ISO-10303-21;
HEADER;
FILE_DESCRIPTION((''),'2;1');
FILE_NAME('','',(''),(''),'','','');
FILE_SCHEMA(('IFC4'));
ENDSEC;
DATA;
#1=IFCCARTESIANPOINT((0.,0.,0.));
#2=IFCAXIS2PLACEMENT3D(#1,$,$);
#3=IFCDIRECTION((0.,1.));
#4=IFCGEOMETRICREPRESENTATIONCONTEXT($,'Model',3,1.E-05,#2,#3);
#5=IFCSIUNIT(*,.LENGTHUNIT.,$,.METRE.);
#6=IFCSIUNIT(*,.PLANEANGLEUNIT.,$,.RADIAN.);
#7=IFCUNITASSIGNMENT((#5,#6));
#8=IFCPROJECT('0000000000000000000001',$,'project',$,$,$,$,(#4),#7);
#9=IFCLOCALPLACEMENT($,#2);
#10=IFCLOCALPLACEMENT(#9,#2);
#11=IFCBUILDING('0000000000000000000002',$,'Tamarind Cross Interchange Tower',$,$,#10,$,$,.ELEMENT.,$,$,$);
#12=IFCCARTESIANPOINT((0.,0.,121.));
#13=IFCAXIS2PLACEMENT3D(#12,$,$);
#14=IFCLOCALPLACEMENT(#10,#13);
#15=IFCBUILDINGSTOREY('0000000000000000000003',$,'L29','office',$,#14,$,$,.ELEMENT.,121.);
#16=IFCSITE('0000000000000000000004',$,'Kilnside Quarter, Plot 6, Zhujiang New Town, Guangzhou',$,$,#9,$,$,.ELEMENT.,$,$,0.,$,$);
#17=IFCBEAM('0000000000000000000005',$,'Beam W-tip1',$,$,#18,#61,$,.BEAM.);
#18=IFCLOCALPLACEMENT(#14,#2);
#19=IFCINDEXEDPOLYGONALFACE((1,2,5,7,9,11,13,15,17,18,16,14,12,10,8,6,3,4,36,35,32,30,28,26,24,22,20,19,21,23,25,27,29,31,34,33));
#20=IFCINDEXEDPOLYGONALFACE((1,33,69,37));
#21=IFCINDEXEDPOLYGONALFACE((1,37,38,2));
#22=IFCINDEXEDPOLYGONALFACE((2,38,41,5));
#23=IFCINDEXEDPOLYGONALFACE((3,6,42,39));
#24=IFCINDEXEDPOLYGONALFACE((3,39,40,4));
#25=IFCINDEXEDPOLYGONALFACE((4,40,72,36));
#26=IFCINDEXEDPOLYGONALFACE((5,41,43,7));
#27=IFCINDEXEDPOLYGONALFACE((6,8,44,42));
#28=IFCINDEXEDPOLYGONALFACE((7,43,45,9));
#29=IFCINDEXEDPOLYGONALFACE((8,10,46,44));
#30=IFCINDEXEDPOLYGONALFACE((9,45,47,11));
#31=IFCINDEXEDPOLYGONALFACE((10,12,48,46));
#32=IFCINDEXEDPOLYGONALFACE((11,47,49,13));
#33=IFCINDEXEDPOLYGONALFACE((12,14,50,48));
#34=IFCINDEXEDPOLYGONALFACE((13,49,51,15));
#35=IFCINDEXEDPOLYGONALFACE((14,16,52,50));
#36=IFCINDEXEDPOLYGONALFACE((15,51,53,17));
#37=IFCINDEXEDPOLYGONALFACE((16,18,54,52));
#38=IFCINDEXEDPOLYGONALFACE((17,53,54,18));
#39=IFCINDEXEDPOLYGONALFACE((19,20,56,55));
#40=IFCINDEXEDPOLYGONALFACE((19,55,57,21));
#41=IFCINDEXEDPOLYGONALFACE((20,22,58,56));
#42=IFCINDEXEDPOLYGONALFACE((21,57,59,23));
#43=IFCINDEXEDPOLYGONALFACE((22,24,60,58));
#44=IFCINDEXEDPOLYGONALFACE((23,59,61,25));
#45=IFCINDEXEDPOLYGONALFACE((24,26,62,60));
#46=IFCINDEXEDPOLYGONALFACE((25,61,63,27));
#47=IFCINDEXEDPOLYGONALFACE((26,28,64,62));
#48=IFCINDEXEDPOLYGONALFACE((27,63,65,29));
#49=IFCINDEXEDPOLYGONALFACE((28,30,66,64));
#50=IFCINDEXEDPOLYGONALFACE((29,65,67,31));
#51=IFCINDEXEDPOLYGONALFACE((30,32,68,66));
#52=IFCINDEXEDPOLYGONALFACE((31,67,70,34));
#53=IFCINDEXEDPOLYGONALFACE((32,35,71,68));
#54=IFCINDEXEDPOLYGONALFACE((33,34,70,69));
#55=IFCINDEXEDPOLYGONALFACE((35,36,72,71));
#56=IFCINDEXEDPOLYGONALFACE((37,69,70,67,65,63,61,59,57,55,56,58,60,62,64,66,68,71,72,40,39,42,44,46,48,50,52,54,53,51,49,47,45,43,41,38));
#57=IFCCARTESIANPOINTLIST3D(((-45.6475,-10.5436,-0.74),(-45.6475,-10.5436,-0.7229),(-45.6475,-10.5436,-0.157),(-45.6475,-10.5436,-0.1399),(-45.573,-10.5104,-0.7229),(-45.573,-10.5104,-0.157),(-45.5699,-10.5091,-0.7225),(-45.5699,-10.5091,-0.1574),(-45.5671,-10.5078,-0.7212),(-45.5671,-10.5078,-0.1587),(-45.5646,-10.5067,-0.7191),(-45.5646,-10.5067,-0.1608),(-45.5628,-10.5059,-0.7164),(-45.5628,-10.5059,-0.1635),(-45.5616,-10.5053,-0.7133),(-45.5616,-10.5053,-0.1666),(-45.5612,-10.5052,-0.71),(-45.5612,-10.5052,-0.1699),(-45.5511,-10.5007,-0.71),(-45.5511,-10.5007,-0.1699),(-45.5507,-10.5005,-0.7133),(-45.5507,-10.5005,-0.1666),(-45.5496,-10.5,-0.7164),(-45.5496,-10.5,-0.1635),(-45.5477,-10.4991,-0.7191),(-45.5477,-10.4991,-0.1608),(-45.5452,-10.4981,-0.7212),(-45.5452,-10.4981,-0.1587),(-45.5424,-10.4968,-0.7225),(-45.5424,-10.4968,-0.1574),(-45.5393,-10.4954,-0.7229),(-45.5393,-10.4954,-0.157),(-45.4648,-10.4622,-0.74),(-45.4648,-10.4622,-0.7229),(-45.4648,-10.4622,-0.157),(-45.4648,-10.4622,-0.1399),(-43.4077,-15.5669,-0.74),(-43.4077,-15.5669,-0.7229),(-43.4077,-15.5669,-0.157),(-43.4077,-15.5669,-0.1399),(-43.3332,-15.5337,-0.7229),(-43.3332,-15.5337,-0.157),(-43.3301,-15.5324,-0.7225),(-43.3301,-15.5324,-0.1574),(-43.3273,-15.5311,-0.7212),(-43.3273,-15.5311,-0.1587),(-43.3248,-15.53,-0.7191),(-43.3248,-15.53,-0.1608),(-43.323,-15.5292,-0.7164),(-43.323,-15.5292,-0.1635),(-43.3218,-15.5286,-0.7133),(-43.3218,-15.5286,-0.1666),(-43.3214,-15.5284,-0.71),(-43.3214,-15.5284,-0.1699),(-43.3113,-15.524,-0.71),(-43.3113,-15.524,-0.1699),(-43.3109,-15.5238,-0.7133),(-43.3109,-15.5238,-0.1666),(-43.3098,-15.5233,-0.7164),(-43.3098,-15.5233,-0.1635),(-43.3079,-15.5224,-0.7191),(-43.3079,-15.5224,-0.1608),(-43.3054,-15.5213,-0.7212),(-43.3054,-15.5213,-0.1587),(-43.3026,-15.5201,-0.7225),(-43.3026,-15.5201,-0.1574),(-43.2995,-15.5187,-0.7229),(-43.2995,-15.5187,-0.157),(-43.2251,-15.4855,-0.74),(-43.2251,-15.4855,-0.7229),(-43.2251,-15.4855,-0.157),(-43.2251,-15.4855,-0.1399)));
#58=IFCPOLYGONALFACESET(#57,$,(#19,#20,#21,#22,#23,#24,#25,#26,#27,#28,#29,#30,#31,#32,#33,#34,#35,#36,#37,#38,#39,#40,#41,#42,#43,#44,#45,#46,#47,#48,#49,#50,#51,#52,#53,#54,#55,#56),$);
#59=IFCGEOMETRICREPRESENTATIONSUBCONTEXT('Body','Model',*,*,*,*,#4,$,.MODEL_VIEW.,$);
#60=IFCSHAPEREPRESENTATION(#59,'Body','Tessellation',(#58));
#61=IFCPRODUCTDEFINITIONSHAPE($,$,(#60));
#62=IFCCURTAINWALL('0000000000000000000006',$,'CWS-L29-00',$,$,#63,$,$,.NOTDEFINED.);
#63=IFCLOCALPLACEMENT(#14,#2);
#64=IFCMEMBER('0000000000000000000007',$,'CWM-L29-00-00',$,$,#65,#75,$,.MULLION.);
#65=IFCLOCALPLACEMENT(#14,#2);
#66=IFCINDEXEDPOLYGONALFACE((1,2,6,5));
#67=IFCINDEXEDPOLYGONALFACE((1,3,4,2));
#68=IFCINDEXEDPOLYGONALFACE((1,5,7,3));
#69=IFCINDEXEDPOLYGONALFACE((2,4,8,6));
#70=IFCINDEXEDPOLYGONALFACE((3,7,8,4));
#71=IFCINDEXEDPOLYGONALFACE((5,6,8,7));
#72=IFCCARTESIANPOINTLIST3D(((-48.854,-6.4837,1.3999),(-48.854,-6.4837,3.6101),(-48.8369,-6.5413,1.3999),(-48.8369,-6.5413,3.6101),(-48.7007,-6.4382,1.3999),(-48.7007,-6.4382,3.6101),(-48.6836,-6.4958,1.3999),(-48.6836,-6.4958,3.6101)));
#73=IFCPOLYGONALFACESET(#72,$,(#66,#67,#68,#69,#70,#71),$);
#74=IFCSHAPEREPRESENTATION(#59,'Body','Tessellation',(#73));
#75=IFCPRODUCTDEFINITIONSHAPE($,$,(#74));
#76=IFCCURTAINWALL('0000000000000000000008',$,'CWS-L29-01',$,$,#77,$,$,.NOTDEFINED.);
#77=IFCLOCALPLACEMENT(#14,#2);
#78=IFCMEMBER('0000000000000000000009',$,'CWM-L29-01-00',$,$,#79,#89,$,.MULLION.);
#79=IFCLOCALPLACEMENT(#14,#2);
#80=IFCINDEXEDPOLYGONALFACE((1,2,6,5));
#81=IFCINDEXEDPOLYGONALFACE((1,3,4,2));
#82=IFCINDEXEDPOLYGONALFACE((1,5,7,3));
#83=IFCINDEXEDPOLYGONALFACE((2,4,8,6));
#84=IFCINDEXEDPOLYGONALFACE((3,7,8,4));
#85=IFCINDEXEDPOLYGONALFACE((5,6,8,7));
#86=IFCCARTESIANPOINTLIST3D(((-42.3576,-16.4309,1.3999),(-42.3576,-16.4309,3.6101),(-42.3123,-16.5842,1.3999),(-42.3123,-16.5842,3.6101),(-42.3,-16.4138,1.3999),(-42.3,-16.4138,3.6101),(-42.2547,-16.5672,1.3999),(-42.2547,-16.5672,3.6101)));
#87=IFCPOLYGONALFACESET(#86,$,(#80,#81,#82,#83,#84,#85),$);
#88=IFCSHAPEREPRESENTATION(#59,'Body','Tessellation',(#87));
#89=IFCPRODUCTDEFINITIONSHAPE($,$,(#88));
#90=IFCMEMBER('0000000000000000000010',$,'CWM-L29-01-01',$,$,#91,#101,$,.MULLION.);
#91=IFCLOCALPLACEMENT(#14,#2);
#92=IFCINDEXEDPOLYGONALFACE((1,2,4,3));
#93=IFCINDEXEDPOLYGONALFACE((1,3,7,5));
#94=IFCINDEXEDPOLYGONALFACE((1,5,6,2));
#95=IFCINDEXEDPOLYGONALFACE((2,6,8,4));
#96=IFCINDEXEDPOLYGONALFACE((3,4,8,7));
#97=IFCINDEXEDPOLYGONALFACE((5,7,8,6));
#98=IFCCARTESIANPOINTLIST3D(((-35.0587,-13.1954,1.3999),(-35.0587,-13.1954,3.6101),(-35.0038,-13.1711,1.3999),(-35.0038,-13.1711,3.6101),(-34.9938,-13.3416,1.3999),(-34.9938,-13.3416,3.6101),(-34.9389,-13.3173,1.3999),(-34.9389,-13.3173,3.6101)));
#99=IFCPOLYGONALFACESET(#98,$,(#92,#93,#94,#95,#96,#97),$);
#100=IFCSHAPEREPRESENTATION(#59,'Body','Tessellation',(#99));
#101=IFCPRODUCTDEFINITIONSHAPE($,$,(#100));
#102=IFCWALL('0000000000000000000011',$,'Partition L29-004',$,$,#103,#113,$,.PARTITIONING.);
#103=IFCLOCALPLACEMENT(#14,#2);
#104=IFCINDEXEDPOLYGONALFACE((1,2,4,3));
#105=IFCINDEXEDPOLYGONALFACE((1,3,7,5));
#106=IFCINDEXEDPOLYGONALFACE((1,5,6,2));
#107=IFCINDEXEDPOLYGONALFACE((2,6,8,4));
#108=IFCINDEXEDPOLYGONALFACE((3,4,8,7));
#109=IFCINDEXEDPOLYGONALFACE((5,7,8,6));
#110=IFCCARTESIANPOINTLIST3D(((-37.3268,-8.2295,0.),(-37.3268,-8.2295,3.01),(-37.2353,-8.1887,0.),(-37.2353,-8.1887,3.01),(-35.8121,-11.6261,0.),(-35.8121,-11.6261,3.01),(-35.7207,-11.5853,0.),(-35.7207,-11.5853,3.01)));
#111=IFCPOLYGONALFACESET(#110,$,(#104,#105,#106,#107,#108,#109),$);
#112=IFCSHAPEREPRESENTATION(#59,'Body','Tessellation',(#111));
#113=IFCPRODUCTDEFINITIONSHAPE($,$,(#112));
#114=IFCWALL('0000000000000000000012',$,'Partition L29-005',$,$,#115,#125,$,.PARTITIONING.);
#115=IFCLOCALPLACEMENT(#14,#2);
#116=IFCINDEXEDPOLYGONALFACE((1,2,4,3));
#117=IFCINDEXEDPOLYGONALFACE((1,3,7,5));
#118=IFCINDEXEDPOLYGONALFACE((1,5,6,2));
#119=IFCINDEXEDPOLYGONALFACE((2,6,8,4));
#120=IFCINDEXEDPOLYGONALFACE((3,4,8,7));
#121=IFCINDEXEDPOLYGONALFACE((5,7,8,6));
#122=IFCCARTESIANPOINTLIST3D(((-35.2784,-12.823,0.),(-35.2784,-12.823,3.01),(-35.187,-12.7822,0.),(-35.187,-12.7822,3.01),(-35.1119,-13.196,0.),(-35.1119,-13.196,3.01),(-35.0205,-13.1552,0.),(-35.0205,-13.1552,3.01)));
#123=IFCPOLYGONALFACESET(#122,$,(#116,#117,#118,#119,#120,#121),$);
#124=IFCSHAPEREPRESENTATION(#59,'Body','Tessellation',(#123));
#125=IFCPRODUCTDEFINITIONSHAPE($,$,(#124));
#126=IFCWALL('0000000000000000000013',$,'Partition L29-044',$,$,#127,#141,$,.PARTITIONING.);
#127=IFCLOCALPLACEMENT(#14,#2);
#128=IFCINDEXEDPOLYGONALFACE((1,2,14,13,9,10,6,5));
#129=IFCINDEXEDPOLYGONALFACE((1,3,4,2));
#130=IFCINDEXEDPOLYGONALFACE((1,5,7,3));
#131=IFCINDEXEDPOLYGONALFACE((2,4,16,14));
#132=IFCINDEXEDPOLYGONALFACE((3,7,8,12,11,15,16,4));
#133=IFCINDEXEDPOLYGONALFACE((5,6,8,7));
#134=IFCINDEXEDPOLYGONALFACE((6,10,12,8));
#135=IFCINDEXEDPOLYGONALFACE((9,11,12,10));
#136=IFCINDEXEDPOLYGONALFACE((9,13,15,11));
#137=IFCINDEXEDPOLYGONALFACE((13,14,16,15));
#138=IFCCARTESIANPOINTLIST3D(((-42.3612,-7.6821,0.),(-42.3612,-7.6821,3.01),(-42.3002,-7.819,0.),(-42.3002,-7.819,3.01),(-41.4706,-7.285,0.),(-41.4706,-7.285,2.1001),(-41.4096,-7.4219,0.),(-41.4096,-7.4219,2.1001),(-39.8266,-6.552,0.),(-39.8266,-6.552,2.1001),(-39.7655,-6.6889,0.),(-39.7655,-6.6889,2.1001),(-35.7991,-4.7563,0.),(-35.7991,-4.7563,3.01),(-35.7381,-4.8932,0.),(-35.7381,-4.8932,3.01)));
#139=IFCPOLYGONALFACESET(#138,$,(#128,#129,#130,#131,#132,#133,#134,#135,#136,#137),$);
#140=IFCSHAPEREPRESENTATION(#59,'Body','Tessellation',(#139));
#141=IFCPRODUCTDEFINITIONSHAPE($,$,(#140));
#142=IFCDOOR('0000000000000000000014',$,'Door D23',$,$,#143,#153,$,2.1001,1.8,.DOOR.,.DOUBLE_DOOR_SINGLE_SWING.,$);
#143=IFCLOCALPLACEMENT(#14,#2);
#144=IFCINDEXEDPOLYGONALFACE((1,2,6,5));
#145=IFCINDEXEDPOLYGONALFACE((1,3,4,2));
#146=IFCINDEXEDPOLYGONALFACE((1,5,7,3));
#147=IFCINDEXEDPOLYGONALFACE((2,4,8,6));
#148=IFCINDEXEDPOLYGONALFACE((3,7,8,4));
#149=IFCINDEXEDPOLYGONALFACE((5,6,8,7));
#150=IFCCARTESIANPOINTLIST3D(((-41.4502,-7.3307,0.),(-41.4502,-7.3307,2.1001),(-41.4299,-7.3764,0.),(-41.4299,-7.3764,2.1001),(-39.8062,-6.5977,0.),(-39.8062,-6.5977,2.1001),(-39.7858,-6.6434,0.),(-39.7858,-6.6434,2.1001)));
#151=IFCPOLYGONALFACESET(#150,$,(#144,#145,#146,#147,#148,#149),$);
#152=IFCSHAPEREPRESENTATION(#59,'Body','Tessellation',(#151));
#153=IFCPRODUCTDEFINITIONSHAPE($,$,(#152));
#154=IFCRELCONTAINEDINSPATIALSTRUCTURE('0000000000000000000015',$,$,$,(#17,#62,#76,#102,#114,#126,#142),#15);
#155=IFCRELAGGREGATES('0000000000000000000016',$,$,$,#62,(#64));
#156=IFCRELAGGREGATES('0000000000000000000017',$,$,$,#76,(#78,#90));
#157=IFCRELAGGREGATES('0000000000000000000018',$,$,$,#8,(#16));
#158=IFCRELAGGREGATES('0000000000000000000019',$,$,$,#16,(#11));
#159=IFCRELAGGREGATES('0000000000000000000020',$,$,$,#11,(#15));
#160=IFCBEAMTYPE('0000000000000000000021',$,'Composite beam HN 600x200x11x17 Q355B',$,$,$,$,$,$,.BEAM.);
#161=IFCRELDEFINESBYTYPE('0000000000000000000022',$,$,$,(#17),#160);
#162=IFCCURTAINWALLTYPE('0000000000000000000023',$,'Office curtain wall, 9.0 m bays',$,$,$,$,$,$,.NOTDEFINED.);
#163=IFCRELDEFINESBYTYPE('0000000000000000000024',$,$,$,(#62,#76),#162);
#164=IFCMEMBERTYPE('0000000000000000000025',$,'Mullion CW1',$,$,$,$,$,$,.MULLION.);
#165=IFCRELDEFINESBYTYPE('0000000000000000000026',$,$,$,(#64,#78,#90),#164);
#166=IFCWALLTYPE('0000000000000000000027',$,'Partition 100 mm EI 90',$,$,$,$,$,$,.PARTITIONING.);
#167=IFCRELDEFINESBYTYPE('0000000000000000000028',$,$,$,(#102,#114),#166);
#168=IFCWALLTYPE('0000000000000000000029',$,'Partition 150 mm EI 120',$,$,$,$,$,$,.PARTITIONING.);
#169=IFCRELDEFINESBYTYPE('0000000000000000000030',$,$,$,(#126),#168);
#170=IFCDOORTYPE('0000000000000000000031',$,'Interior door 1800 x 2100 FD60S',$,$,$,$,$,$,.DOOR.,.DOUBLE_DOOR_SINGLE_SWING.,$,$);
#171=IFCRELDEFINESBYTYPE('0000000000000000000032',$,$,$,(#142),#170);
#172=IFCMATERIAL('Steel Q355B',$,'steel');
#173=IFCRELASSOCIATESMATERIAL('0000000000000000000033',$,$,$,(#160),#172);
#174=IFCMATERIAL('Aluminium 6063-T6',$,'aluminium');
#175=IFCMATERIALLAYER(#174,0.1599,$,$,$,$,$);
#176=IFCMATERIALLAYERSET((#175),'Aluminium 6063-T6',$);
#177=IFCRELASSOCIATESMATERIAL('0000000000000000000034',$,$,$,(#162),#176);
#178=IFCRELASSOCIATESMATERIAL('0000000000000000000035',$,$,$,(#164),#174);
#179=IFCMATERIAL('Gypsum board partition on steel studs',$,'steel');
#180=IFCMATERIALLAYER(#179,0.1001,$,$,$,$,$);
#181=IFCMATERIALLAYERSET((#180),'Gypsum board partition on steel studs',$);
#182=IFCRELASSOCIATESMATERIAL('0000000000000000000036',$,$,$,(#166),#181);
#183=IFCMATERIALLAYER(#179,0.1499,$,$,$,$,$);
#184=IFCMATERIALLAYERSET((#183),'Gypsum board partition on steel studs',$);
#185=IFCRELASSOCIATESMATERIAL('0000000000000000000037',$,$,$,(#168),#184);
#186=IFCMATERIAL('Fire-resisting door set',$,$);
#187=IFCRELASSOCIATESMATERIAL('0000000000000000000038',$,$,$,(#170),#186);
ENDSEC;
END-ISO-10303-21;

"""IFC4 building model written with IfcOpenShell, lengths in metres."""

from ifc_helpers import new_model, si_unit, direction, frame, frame_2d, origin, origin_2d, place, context, subcontext, project, spatial, rectangle, i_section, extrude, material, layer, layer_set, material_profile, profile_set, type_object, element, fill, aggregate, save


model = new_model("IFC4")

# Units and contexts
model_context = context("Model", 3, precision=1e-05, world=origin(), true_north=direction((0.0, 1.0)))
body_context = subcontext(model_context, "Body", "Model", "MODEL_VIEW")
ifc_project = project(units=[si_unit("LENGTHUNIT", "METRE"), si_unit("PLANEANGLEUNIT", "RADIAN")], contexts=[model_context])

# Site, building, storey
site_placement = place(None, origin())
site = spatial("IfcSite", under=ifc_project, at=site_placement, Name="Kilnside Quarter, Plot 6, Zhujiang New Town, Guangzhou", CompositionType="ELEMENT", RefElevation=0.0)
building_placement = place(site_placement, origin())
building = spatial("IfcBuilding", under=site, at=building_placement, Name="Tamarind Cross Interchange Tower", CompositionType="ELEMENT")
storey_placement = place(building_placement, frame((0.0, 0.0, 121.0)))
storey = spatial("IfcBuildingStorey", under=building, at=storey_placement, Name="L29", Description="office", CompositionType="ELEMENT", Elevation=121.0)

# Beam
ifc_material_1 = material(Name="Steel Q355B", Category="steel")
ifc_material_profile_1 = material_profile(ifc_material_1, i_section(OverallWidth=0.2, OverallDepth=0.6001, WebThickness=0.011, FlangeThickness=0.0171, FilletRadius=0.0129, at=origin_2d()), Name="HN 600x200x11x17")
ifc_profile_set_1 = profile_set([ifc_material_profile_1], Name="Steel Q355B")
beam_type_1 = type_object("IfcBeamType", Name="Composite beam HN 600x200x11x17 Q355B", PredefinedType="BEAM", material=ifc_profile_set_1)
beam_1_placement = place(storey_placement, frame((-45.5562, -10.5029, -0.4399), z_axis=(0.407234, -0.913324, 0.0), x_axis=(0.913324, 0.407234, 0.0)))
element("IfcBeam", 1, at=beam_1_placement, inside=storey, type_object=beam_type_1, Name="Beam W-tip1", PredefinedType="BEAM", context=body_context, shape_type="SweptSolid", body=[
    extrude(i_section(OverallWidth=0.2, OverallDepth=0.6001, WebThickness=0.011, FlangeThickness=0.0171, FilletRadius=0.0129, at=origin_2d()), origin(), (0.0, 0.0, 1.0), 5.5),
])

# Curtain wall, member
ifc_material_2 = material(Name="Aluminium 6063-T6", Category="aluminium")
ifc_layer_1 = layer(ifc_material_2, 0.1599)
ifc_layer_set_1 = layer_set([ifc_layer_1], Name="Aluminium 6063-T6")
curtain_wall_type = type_object("IfcCurtainWallType", Name="Office curtain wall, 9.0 m bays", PredefinedType="NOTDEFINED", material=ifc_layer_set_1)
curtain_wall_1_placement = place(storey_placement, origin())
curtain_wall_1 = element("IfcCurtainWall", 2, at=curtain_wall_1_placement, inside=storey, type_object=curtain_wall_type, Name="CWS-L29-00", PredefinedType="NOTDEFINED")
ifc_material_profile_2 = material_profile(ifc_material_2, rectangle(XDim=0.0601, YDim=0.1599, at=origin_2d()), Name="Mullion CW1")
ifc_profile_set_2 = profile_set([ifc_material_profile_2], Name="Aluminium 6063-T6")
member_type = type_object("IfcMemberType", Name="Mullion CW1", PredefinedType="MULLION", material=ifc_profile_set_2)
member_1_placement = place(storey_placement, frame((-48.7688, -6.4897, 1.3999), z_axis=(0.0, 0.0, 1.0), x_axis=(0.284524, -0.958669, 0.0)))
member_1 = element("IfcMember", 3, at=member_1_placement, type_object=member_type, Name="CWM-L29-00-00", PredefinedType="MULLION", context=body_context, shape_type="SweptSolid", body=[
    extrude(rectangle(XDim=0.0601, YDim=0.1599, at=origin_2d()), origin(), (0.0, 0.0, 1.0), 2.2102),
])
aggregate(curtain_wall_1, [member_1])

# Curtain wall, members
curtain_wall_2_placement = place(storey_placement, origin())
curtain_wall_2 = element("IfcCurtainWall", 4, at=curtain_wall_2_placement, inside=storey, type_object=curtain_wall_type, Name="CWS-L29-01", PredefinedType="NOTDEFINED")
member_2_placement = place(storey_placement, frame((-42.3062, -16.499, 1.3999), z_axis=(0.0, 0.0, 1.0), x_axis=(0.958917, 0.283686, 0.0)))
member_2 = element("IfcMember", 5, at=member_2_placement, type_object=member_type, Name="CWM-L29-01-00", PredefinedType="MULLION", context=body_context, shape_type="SweptSolid", body=[
    extrude(rectangle(XDim=0.0601, YDim=0.1599, at=origin_2d()), origin(), (0.0, 0.0, 1.0), 2.2102),
])
member_3_placement = place(storey_placement, frame((-34.9988, -13.2563, 1.3999), z_axis=(0.0, 0.0, 1.0), x_axis=(0.91404, 0.405624, 0.0)))
member_3 = element("IfcMember", 6, at=member_3_placement, type_object=member_type, Name="CWM-L29-01-01", PredefinedType="MULLION", context=body_context, shape_type="SweptSolid", body=[
    extrude(rectangle(XDim=0.0601, YDim=0.1599, at=origin_2d()), origin(), (0.0, 0.0, 1.0), 2.2102),
])
aggregate(curtain_wall_2, [member_2, member_3])

# Walls
ifc_material_3 = material(Name="Gypsum board partition on steel studs", Category="steel")
ifc_layer_2 = layer(ifc_material_3, 0.1001)
ifc_layer_set_2 = layer_set([ifc_layer_2], Name="Gypsum board partition on steel studs")
wall_type_1 = type_object("IfcWallType", Name="Partition 100 mm EI 90", PredefinedType="PARTITIONING", material=ifc_layer_set_2)
wall_1_placement = place(storey_placement, frame((-37.281, -8.2092, 0.0), z_axis=(0.0, 0.0, 1.0), x_axis=(0.407283, -0.913302, 0.0)))
element("IfcWall", 7, at=wall_1_placement, inside=storey, type_object=wall_type_1, Name="Partition L29-004", PredefinedType="PARTITIONING", context=body_context, shape_type="SweptSolid", body=[
    extrude(rectangle(XDim=3.719, YDim=0.1001, at=frame_2d((1.8594, 0.0))), origin(), (0.0, 0.0, 1.0), 3.01),
])
wall_2_placement = place(storey_placement, frame((-35.2327, -12.8027, 0.0), z_axis=(0.0, 0.0, 1.0), x_axis=(0.40758, -0.91317, 0.0)))
element("IfcWall", 8, at=wall_2_placement, inside=storey, type_object=wall_type_1, Name="Partition L29-005", PredefinedType="PARTITIONING", context=body_context, shape_type="SweptSolid", body=[
    extrude(rectangle(XDim=0.4084, YDim=0.1001, at=frame_2d((0.2041, 0.0))), origin(), (0.0, 0.0, 1.0), 3.01),
])

# Wall, opening, door
ifc_layer_3 = layer(ifc_material_3, 0.1499)
ifc_layer_set_3 = layer_set([ifc_layer_3], Name="Gypsum board partition on steel studs")
wall_type_2 = type_object("IfcWallType", Name="Partition 150 mm EI 120", PredefinedType="PARTITIONING", material=ifc_layer_set_3)
wall_3_placement = place(storey_placement, frame((-42.3306, -7.7505, 0.0), z_axis=(0.0, 0.0, 1.0), x_axis=(0.913329, 0.407223, 0.0)))
wall_3 = element("IfcWall", 9, at=wall_3_placement, inside=storey, type_object=wall_type_2, Name="Partition L29-044", PredefinedType="PARTITIONING", context=body_context, shape_type="SweptSolid", body=[
    extrude(rectangle(XDim=7.1848, YDim=0.1499, at=frame_2d((3.5923, 0.0))), origin(), (0.0, 0.0, 1.0), 3.01),
])
opening_1_placement = place(wall_3_placement, frame((0.9751, 0.0, 0.0)))
opening_1 = element("IfcOpeningElement", 10, at=opening_1_placement, cuts=wall_3, PredefinedType="OPENING", context=body_context, shape_type="SweptSolid", body=[
    extrude(rectangle(XDim=1.8, YDim=2.1001, at=frame_2d((0.8999, 1.05))), frame((0.0, 0.085, 0.0), z_axis=(0.0, -1.0, 0.0), x_axis=(1.0, 0.0, 0.0)), (0.0, 0.0, 1.0), 0.1699),
])
ifc_material_4 = material(Name="Fire-resisting door set")
door_type_1 = type_object("IfcDoorType", Name="Interior door 1800 x 2100 FD60S", OperationType="DOUBLE_DOOR_SINGLE_SWING", PredefinedType="DOOR", material=ifc_material_4)
door_1_placement = place(opening_1_placement, origin())
door_1 = element("IfcDoor", 11, at=door_1_placement, inside=storey, type_object=door_type_1, Name="Door D23", OperationType="DOUBLE_DOOR_SINGLE_SWING", OverallHeight=2.1001, OverallWidth=1.8, PredefinedType="DOOR", context=body_context, shape_type="SweptSolid", body=[
    extrude(rectangle(XDim=1.8, YDim=2.1001, at=frame_2d((0.8999, 1.05))), frame((0.0, 0.0249, 0.0), z_axis=(0.0, -1.0, 0.0), x_axis=(1.0, 0.0, 0.0)), (0.0, 0.0, 1.0), 0.05),
])
fill(opening_1, door_1)

save(model, "model.ifc")
